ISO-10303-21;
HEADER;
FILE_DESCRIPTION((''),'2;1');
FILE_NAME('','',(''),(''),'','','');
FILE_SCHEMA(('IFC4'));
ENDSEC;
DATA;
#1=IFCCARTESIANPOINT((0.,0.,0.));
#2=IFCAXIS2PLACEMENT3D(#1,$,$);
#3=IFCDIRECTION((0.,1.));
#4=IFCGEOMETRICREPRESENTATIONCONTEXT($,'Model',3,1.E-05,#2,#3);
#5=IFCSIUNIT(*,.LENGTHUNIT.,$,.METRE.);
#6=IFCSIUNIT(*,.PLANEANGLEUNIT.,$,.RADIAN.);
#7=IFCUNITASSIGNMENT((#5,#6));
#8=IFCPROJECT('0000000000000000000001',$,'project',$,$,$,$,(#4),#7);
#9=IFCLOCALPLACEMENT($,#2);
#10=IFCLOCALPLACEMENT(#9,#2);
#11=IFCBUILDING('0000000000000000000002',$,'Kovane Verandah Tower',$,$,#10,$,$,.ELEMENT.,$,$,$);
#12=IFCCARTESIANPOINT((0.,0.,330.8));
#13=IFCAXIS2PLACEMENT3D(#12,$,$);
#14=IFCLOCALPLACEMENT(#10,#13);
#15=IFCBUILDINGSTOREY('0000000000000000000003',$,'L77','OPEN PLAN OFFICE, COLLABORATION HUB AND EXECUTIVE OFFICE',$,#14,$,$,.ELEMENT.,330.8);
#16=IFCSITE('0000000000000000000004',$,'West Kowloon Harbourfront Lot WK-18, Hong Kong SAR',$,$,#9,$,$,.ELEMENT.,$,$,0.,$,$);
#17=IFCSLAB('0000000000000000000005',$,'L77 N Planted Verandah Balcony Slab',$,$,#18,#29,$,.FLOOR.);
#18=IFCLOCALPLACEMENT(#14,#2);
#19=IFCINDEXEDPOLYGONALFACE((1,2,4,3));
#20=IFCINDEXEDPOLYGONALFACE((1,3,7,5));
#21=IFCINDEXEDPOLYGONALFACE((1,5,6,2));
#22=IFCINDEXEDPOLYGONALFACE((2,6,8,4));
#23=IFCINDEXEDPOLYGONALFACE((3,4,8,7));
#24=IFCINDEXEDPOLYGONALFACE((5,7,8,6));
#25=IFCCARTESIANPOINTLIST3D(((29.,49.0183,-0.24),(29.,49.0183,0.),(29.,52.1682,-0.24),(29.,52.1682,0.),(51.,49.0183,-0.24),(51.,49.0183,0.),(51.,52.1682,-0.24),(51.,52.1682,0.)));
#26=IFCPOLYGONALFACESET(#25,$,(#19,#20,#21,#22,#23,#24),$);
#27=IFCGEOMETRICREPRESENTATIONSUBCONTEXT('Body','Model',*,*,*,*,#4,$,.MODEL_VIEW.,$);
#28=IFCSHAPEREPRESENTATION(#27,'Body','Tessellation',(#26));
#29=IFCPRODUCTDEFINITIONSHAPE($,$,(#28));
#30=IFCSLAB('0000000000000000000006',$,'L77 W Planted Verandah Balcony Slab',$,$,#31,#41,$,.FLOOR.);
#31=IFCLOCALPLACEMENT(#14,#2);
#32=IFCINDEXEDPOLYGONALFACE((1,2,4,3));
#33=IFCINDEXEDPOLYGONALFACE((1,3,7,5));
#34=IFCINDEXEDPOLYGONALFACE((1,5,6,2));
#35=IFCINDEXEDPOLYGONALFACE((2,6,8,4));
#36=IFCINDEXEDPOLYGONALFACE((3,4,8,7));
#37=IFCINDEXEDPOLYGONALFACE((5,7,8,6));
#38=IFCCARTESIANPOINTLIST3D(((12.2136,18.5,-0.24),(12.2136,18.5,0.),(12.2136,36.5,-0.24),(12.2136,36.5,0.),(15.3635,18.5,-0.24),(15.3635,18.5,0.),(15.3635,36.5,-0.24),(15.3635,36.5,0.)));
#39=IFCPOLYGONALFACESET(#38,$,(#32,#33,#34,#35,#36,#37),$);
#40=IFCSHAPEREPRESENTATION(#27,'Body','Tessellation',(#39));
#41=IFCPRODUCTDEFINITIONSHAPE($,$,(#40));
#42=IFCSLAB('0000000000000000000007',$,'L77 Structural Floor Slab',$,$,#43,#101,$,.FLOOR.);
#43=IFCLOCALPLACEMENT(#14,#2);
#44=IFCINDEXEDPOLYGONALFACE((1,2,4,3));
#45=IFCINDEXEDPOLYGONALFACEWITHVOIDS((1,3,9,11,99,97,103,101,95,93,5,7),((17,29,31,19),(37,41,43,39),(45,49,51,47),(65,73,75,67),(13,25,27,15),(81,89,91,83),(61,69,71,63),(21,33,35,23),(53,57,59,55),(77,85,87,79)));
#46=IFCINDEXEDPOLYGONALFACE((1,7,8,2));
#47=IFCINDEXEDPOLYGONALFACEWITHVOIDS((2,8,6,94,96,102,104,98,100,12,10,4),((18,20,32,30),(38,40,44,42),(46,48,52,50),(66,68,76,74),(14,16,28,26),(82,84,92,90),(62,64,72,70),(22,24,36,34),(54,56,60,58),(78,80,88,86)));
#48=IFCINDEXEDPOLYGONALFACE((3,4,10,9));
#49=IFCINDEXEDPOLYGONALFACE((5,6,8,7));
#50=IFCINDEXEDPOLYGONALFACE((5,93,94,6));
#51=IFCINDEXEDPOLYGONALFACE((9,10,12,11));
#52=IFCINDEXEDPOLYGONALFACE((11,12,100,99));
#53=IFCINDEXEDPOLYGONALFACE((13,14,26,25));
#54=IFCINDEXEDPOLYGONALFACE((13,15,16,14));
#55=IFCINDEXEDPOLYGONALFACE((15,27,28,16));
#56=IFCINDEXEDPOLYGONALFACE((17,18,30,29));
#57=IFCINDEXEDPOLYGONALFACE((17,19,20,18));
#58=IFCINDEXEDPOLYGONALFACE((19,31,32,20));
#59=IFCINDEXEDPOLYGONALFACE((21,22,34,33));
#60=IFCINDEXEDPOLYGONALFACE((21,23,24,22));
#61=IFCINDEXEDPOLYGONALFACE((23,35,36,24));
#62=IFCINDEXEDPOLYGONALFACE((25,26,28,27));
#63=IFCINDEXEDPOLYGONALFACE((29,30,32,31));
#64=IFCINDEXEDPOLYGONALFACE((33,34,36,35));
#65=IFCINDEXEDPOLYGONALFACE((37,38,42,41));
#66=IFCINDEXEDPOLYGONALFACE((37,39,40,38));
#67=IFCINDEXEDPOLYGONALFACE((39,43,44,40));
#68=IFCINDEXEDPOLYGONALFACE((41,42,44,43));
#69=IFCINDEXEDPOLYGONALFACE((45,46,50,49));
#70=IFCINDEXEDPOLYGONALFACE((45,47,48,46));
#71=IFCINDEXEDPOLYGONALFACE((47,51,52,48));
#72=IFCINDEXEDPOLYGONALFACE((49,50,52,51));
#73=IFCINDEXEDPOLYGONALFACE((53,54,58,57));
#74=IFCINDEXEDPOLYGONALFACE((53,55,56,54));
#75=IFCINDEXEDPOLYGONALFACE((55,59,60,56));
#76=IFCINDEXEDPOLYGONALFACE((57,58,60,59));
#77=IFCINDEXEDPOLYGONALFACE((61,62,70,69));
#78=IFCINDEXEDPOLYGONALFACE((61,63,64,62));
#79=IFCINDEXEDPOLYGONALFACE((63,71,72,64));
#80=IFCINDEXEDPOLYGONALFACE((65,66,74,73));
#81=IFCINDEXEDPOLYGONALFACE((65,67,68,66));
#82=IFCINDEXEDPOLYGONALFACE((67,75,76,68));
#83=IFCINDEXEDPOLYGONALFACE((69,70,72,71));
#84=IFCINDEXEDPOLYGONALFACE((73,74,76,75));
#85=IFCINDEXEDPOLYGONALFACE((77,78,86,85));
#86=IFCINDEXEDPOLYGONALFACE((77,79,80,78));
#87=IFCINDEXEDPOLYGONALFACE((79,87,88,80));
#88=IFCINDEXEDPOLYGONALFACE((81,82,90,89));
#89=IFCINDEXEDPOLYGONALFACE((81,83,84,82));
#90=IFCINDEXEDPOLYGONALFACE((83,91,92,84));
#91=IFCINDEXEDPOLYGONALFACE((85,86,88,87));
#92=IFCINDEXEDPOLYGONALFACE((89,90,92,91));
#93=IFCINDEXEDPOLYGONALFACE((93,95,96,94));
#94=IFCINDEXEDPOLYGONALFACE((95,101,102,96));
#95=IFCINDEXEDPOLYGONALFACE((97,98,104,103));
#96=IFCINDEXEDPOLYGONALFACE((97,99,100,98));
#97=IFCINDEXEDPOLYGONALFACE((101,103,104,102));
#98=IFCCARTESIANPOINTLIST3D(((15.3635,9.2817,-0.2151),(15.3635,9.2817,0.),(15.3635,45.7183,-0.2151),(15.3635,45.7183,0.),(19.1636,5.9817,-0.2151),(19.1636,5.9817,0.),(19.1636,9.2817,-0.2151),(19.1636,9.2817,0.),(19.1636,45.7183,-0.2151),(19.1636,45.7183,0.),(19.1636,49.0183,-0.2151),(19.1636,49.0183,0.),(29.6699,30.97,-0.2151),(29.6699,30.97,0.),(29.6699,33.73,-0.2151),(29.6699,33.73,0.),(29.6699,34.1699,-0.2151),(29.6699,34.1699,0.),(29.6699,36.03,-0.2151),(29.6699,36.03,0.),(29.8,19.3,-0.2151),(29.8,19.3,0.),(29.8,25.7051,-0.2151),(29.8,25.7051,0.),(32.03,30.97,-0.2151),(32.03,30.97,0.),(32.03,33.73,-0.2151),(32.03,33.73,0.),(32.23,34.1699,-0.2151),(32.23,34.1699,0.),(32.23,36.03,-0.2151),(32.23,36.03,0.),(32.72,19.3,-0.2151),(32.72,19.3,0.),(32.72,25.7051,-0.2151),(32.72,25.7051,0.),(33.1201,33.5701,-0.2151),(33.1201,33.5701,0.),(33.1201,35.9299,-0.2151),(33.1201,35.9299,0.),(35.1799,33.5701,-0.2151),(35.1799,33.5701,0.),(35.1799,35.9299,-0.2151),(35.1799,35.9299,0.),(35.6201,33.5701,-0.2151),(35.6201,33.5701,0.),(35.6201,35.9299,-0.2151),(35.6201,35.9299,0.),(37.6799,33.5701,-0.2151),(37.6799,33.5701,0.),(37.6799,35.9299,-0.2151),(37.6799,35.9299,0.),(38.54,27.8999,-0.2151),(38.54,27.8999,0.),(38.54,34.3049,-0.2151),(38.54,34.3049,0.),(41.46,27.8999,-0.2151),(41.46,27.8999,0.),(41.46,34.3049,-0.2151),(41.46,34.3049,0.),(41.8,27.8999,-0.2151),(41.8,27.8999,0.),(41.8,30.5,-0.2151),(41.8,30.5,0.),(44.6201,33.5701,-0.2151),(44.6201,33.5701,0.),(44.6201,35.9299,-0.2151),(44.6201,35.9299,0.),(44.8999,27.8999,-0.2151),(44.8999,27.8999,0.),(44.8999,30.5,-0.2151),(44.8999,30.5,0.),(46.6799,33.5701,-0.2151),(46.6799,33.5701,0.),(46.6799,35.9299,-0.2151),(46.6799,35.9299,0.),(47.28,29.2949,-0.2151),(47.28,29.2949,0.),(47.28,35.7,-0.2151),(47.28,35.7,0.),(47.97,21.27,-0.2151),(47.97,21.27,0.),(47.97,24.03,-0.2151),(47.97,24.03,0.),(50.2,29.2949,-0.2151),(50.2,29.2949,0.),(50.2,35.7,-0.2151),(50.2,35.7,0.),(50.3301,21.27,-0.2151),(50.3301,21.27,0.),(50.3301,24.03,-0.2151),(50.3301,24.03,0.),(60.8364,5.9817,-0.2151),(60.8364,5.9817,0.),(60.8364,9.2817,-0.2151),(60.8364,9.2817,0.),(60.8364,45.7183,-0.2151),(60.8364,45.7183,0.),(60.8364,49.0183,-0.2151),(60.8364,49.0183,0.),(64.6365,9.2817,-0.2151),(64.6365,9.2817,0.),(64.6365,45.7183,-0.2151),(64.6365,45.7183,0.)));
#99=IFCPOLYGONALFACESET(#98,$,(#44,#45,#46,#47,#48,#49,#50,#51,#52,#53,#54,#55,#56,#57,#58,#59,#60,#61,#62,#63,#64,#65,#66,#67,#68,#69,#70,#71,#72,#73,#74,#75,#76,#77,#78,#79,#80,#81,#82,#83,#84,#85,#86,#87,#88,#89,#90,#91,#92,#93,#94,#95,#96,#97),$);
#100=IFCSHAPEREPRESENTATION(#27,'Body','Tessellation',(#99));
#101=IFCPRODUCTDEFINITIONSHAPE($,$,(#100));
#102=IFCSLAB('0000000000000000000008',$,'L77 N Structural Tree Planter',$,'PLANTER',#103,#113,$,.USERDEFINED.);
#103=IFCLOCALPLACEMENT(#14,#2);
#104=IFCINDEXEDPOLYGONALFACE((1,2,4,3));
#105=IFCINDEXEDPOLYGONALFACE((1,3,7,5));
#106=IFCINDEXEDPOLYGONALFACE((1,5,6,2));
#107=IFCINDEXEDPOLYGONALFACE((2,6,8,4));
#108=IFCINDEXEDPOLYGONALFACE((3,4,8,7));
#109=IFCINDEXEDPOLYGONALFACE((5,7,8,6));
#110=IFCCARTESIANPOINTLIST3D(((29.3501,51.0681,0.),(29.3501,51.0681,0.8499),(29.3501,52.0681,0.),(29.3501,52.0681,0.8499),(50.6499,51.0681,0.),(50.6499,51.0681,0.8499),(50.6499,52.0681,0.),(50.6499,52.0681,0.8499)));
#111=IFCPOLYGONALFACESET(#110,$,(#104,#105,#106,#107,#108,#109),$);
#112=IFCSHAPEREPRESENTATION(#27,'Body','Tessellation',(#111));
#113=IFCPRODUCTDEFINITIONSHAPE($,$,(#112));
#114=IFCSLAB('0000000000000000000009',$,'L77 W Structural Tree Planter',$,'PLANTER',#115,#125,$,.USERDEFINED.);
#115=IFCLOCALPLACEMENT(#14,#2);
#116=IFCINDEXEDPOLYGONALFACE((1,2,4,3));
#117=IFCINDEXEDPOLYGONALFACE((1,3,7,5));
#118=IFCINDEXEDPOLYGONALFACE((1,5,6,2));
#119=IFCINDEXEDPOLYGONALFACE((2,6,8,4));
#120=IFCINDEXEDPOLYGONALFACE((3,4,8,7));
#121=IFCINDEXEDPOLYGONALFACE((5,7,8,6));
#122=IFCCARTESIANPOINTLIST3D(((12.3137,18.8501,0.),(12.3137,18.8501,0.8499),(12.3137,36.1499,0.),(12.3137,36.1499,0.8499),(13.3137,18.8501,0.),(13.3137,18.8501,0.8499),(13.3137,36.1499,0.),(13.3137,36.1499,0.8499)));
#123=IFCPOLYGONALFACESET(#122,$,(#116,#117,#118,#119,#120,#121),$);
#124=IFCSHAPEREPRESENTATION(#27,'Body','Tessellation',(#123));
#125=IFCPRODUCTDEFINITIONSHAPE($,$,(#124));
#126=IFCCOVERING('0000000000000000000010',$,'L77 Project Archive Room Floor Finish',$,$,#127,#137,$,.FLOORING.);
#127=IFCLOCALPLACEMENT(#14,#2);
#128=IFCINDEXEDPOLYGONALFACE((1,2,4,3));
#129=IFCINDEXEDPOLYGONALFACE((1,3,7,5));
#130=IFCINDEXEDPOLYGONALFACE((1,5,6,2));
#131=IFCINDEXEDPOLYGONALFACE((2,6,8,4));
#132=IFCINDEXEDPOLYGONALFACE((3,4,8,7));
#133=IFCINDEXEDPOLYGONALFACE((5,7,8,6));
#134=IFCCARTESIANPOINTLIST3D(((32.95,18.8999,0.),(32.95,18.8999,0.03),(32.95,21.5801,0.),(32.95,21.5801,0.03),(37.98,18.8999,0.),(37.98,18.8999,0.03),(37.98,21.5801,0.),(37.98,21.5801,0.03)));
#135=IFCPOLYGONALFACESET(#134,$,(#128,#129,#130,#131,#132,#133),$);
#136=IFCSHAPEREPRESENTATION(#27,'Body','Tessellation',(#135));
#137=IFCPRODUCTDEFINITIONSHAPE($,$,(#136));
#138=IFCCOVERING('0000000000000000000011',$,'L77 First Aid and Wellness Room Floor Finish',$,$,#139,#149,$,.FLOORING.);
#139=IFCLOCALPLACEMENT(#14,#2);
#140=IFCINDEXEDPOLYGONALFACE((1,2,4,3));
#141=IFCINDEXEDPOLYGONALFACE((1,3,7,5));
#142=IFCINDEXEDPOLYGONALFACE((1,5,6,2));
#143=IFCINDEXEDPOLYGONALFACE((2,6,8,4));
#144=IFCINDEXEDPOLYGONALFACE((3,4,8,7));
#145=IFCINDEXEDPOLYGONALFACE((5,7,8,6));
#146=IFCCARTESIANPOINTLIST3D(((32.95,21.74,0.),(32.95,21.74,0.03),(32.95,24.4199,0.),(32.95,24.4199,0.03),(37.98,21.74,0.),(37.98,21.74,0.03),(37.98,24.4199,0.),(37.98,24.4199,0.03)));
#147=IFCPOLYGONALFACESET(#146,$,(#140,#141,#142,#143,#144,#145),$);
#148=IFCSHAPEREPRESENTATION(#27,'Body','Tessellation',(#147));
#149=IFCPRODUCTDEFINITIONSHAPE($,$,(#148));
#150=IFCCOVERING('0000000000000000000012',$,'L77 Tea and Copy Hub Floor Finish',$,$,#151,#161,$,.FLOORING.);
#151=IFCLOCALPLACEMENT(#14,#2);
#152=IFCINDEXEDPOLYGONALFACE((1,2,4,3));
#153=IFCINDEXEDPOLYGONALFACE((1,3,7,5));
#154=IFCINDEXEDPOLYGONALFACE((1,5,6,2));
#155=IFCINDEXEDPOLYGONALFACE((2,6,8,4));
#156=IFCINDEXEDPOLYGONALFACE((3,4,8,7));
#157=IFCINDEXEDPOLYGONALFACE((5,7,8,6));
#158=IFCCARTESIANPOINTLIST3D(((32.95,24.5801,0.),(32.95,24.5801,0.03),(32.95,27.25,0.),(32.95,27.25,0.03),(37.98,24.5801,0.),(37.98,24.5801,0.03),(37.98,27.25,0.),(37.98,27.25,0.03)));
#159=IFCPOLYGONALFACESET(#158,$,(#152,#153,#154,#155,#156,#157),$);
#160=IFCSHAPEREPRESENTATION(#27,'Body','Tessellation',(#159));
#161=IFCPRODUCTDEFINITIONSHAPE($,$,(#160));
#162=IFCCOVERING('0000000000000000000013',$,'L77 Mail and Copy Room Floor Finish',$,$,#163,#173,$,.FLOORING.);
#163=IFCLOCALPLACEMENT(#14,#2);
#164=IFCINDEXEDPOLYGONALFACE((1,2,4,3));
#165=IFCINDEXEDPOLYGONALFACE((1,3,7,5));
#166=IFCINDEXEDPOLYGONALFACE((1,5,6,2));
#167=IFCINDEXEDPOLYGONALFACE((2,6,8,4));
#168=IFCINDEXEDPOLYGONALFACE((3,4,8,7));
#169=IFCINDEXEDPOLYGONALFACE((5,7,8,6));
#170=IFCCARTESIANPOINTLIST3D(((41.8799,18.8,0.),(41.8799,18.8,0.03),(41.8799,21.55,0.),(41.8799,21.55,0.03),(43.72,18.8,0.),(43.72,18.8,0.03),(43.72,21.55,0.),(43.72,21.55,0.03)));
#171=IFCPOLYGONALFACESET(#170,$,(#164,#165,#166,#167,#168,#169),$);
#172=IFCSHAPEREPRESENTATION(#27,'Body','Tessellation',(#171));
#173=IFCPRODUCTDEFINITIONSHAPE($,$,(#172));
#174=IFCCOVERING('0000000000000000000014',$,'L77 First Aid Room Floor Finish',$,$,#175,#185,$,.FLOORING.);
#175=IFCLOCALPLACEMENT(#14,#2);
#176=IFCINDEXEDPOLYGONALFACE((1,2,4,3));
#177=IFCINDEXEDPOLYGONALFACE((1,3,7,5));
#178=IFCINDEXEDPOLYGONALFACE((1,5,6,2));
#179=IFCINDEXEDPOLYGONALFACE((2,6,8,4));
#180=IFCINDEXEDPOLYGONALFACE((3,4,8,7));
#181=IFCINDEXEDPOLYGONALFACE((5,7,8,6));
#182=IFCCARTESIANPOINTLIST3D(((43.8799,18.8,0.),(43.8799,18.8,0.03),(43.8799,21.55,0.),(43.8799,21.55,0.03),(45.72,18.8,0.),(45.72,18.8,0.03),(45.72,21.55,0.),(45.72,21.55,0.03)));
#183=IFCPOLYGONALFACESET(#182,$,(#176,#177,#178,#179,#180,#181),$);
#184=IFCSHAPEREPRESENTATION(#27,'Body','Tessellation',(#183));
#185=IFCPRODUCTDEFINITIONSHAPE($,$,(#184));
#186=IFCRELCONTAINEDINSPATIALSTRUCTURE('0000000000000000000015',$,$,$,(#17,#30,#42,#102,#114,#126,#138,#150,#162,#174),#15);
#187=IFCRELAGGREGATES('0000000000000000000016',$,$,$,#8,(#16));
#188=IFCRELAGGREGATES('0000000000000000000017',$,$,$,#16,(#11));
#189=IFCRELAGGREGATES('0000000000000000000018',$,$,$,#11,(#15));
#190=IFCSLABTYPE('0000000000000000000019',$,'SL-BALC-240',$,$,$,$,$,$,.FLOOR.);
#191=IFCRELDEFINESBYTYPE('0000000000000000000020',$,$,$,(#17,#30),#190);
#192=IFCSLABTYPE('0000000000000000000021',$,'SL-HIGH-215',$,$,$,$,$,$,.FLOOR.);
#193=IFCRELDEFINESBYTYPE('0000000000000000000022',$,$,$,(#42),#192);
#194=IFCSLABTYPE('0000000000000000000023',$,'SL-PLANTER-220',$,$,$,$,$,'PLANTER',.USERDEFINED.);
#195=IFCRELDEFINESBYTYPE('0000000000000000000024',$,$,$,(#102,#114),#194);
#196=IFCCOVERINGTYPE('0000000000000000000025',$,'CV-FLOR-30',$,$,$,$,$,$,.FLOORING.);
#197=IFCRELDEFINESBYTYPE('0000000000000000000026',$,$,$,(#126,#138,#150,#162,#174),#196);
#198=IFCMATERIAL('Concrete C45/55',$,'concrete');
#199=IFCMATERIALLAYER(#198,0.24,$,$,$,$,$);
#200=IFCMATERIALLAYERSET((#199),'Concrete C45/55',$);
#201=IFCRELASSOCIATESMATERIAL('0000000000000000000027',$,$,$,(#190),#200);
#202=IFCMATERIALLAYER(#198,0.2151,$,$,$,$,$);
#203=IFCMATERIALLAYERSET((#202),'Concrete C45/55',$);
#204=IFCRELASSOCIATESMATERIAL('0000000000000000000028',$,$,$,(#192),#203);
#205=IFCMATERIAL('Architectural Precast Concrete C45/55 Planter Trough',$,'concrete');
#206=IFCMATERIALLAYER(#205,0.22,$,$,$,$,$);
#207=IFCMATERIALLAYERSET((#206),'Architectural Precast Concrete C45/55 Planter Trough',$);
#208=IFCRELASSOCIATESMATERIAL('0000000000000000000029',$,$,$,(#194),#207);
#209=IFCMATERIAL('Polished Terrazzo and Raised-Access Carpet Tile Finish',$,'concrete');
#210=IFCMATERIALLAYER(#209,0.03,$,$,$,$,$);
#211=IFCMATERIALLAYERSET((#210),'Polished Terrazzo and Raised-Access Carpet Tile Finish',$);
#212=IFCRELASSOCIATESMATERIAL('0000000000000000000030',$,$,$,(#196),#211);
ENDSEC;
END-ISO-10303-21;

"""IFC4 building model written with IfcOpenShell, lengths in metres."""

from ifc_helpers import new_model, si_unit, direction, frame, origin, place, context, subcontext, project, spatial, polyline, outline, extrude, material, layer, layer_set, type_object, element, save


model = new_model("IFC4")

# Units and contexts
model_context = context("Model", 3, precision=1e-05, world=origin(), true_north=direction((0.0, 1.0)))
body_context = subcontext(model_context, "Body", "Model", "MODEL_VIEW")
ifc_project = project(units=[si_unit("LENGTHUNIT", "METRE"), si_unit("PLANEANGLEUNIT", "RADIAN")], contexts=[model_context])

# Site, building, storey
site_placement = place(None, origin())
site = spatial("IfcSite", under=ifc_project, at=site_placement, Name="West Kowloon Harbourfront Lot WK-18, Hong Kong SAR", CompositionType="ELEMENT", RefElevation=0.0)
building_placement = place(site_placement, origin())
building = spatial("IfcBuilding", under=site, at=building_placement, Name="Kovane Verandah Tower", CompositionType="ELEMENT")
storey_placement = place(building_placement, frame((0.0, 0.0, 330.8)))
storey = spatial("IfcBuildingStorey", under=building, at=storey_placement, Name="L77", Description="OPEN PLAN OFFICE, COLLABORATION HUB AND EXECUTIVE OFFICE", CompositionType="ELEMENT", Elevation=330.8)

# Slabs
ifc_material_1 = material(Name="Concrete C45/55", Category="concrete")
ifc_layer_1 = layer(ifc_material_1, 0.24)
ifc_layer_set_1 = layer_set([ifc_layer_1], Name="Concrete C45/55")
slab_type_1 = type_object("IfcSlabType", Name="SL-BALC-240", PredefinedType="FLOOR", material=ifc_layer_set_1)
slab_1_placement = place(storey_placement, frame((0.0, 0.0, -0.24)))
element("IfcSlab", 1, at=slab_1_placement, inside=storey, type_object=slab_type_1, Name="L77 N Planted Verandah Balcony Slab", PredefinedType="FLOOR", context=body_context, shape_type="SweptSolid", body=[
    extrude(outline(polyline([(29.0, 49.0183), (51.0, 49.0183), (51.0, 52.1682), (29.0, 52.1682), (29.0, 49.0183)])), origin(), (0.0, 0.0, 1.0), 0.24),
])
slab_2_placement = place(storey_placement, frame((0.0, 0.0, -0.24)))
element("IfcSlab", 2, at=slab_2_placement, inside=storey, type_object=slab_type_1, Name="L77 W Planted Verandah Balcony Slab", PredefinedType="FLOOR", context=body_context, shape_type="SweptSolid", body=[
    extrude(outline(polyline([(12.2136, 18.5), (15.3635, 18.5), (15.3635, 36.5), (12.2136, 36.5), (12.2136, 18.5)])), origin(), (0.0, 0.0, 1.0), 0.24),
])
ifc_layer_2 = layer(ifc_material_1, 0.2151)
ifc_layer_set_2 = layer_set([ifc_layer_2], Name="Concrete C45/55")
slab_type_2 = type_object("IfcSlabType", Name="SL-HIGH-215", PredefinedType="FLOOR", material=ifc_layer_set_2)
slab_3_placement = place(storey_placement, frame((0.0, 0.0, -0.2151)))
element("IfcSlab", 3, at=slab_3_placement, inside=storey, type_object=slab_type_2, Name="L77 Structural Floor Slab", PredefinedType="FLOOR", context=body_context, shape_type="SweptSolid", body=[
    extrude(outline(polyline([(19.1636, 5.9817), (60.8364, 5.9817), (60.8364, 9.2817), (64.6365, 9.2817), (64.6365, 45.7183), (60.8364, 45.7183), (60.8364, 49.0183), (19.1636, 49.0183), (19.1636, 45.7183), (15.3635, 45.7183), (15.3635, 9.2817), (19.1636, 9.2817), (19.1636, 5.9817)]), holes=[polyline([(29.8, 19.3), (32.72, 19.3), (32.72, 25.7051), (29.8, 25.7051), (29.8, 19.3)]), polyline([(47.28, 29.2949), (50.2, 29.2949), (50.2, 35.7), (47.28, 35.7), (47.28, 29.2949)]), polyline([(38.54, 27.8999), (41.46, 27.8999), (41.46, 34.3049), (38.54, 34.3049), (38.54, 27.8999)]), polyline([(29.6699, 30.97), (32.03, 30.97), (32.03, 33.73), (29.6699, 33.73), (29.6699, 30.97)]), polyline([(47.97, 21.27), (50.3301, 21.27), (50.3301, 24.03), (47.97, 24.03), (47.97, 21.27)]), polyline([(29.6699, 34.1699), (32.23, 34.1699), (32.23, 36.03), (29.6699, 36.03), (29.6699, 34.1699)]), polyline([(33.1201, 33.5701), (35.1799, 33.5701), (35.1799, 35.9299), (33.1201, 35.9299), (33.1201, 33.5701)]), polyline([(35.6201, 33.5701), (37.6799, 33.5701), (37.6799, 35.9299), (35.6201, 35.9299), (35.6201, 33.5701)]), polyline([(44.6201, 33.5701), (46.6799, 33.5701), (46.6799, 35.9299), (44.6201, 35.9299), (44.6201, 33.5701)]), polyline([(41.8, 27.8999), (44.8999, 27.8999), (44.8999, 30.5), (41.8, 30.5), (41.8, 27.8999)])]), origin(), (0.0, 0.0, 1.0), 0.2151),
])
ifc_material_2 = material(Name="Architectural Precast Concrete C45/55 Planter Trough", Category="concrete")
ifc_layer_3 = layer(ifc_material_2, 0.22)
ifc_layer_set_3 = layer_set([ifc_layer_3], Name="Architectural Precast Concrete C45/55 Planter Trough")
slab_type_3 = type_object("IfcSlabType", Name="SL-PLANTER-220", ElementType="PLANTER", PredefinedType="USERDEFINED", material=ifc_layer_set_3)
slab_4_placement = place(storey_placement, origin())
element("IfcSlab", 4, at=slab_4_placement, inside=storey, type_object=slab_type_3, Name="L77 N Structural Tree Planter", ObjectType="PLANTER", PredefinedType="USERDEFINED", context=body_context, shape_type="SweptSolid", body=[
    extrude(outline(polyline([(29.3501, 51.0681), (50.6499, 51.0681), (50.6499, 52.0681), (29.3501, 52.0681), (29.3501, 51.0681)])), origin(), (0.0, 0.0, 1.0), 0.8499),
])
slab_5_placement = place(storey_placement, origin())
element("IfcSlab", 5, at=slab_5_placement, inside=storey, type_object=slab_type_3, Name="L77 W Structural Tree Planter", ObjectType="PLANTER", PredefinedType="USERDEFINED", context=body_context, shape_type="SweptSolid", body=[
    extrude(outline(polyline([(12.3137, 18.8501), (13.3137, 18.8501), (13.3137, 36.1499), (12.3137, 36.1499), (12.3137, 18.8501)])), origin(), (0.0, 0.0, 1.0), 0.8499),
])

# Coverings
ifc_material_3 = material(Name="Polished Terrazzo and Raised-Access Carpet Tile Finish", Category="concrete")
ifc_layer_4 = layer(ifc_material_3, 0.03)
ifc_layer_set_4 = layer_set([ifc_layer_4], Name="Polished Terrazzo and Raised-Access Carpet Tile Finish")
covering_type = type_object("IfcCoveringType", Name="CV-FLOR-30", PredefinedType="FLOORING", material=ifc_layer_set_4)
covering_1_placement = place(storey_placement, origin())
element("IfcCovering", 6, at=covering_1_placement, inside=storey, type_object=covering_type, Name="L77 Project Archive Room Floor Finish", PredefinedType="FLOORING", context=body_context, shape_type="SweptSolid", body=[
    extrude(outline(polyline([(32.95, 18.8999), (37.98, 18.8999), (37.98, 21.5801), (32.95, 21.5801), (32.95, 18.8999)])), origin(), (0.0, 0.0, 1.0), 0.03),
])
covering_2_placement = place(storey_placement, origin())
element("IfcCovering", 7, at=covering_2_placement, inside=storey, type_object=covering_type, Name="L77 First Aid and Wellness Room Floor Finish", PredefinedType="FLOORING", context=body_context, shape_type="SweptSolid", body=[
    extrude(outline(polyline([(32.95, 21.74), (37.98, 21.74), (37.98, 24.4199), (32.95, 24.4199), (32.95, 21.74)])), origin(), (0.0, 0.0, 1.0), 0.03),
])
covering_3_placement = place(storey_placement, origin())
element("IfcCovering", 8, at=covering_3_placement, inside=storey, type_object=covering_type, Name="L77 Tea and Copy Hub Floor Finish", PredefinedType="FLOORING", context=body_context, shape_type="SweptSolid", body=[
    extrude(outline(polyline([(32.95, 24.5801), (37.98, 24.5801), (37.98, 27.25), (32.95, 27.25), (32.95, 24.5801)])), origin(), (0.0, 0.0, 1.0), 0.03),
])
covering_4_placement = place(storey_placement, origin())
element("IfcCovering", 9, at=covering_4_placement, inside=storey, type_object=covering_type, Name="L77 Mail and Copy Room Floor Finish", PredefinedType="FLOORING", context=body_context, shape_type="SweptSolid", body=[
    extrude(outline(polyline([(41.8799, 18.8), (43.72, 18.8), (43.72, 21.55), (41.8799, 21.55), (41.8799, 18.8)])), origin(), (0.0, 0.0, 1.0), 0.03),
])
covering_5_placement = place(storey_placement, origin())
element("IfcCovering", 10, at=covering_5_placement, inside=storey, type_object=covering_type, Name="L77 First Aid Room Floor Finish", PredefinedType="FLOORING", context=body_context, shape_type="SweptSolid", body=[
    extrude(outline(polyline([(43.8799, 18.8), (45.72, 18.8), (45.72, 21.55), (43.8799, 21.55), (43.8799, 18.8)])), origin(), (0.0, 0.0, 1.0), 0.03),
])

save(model, "model.ifc")
